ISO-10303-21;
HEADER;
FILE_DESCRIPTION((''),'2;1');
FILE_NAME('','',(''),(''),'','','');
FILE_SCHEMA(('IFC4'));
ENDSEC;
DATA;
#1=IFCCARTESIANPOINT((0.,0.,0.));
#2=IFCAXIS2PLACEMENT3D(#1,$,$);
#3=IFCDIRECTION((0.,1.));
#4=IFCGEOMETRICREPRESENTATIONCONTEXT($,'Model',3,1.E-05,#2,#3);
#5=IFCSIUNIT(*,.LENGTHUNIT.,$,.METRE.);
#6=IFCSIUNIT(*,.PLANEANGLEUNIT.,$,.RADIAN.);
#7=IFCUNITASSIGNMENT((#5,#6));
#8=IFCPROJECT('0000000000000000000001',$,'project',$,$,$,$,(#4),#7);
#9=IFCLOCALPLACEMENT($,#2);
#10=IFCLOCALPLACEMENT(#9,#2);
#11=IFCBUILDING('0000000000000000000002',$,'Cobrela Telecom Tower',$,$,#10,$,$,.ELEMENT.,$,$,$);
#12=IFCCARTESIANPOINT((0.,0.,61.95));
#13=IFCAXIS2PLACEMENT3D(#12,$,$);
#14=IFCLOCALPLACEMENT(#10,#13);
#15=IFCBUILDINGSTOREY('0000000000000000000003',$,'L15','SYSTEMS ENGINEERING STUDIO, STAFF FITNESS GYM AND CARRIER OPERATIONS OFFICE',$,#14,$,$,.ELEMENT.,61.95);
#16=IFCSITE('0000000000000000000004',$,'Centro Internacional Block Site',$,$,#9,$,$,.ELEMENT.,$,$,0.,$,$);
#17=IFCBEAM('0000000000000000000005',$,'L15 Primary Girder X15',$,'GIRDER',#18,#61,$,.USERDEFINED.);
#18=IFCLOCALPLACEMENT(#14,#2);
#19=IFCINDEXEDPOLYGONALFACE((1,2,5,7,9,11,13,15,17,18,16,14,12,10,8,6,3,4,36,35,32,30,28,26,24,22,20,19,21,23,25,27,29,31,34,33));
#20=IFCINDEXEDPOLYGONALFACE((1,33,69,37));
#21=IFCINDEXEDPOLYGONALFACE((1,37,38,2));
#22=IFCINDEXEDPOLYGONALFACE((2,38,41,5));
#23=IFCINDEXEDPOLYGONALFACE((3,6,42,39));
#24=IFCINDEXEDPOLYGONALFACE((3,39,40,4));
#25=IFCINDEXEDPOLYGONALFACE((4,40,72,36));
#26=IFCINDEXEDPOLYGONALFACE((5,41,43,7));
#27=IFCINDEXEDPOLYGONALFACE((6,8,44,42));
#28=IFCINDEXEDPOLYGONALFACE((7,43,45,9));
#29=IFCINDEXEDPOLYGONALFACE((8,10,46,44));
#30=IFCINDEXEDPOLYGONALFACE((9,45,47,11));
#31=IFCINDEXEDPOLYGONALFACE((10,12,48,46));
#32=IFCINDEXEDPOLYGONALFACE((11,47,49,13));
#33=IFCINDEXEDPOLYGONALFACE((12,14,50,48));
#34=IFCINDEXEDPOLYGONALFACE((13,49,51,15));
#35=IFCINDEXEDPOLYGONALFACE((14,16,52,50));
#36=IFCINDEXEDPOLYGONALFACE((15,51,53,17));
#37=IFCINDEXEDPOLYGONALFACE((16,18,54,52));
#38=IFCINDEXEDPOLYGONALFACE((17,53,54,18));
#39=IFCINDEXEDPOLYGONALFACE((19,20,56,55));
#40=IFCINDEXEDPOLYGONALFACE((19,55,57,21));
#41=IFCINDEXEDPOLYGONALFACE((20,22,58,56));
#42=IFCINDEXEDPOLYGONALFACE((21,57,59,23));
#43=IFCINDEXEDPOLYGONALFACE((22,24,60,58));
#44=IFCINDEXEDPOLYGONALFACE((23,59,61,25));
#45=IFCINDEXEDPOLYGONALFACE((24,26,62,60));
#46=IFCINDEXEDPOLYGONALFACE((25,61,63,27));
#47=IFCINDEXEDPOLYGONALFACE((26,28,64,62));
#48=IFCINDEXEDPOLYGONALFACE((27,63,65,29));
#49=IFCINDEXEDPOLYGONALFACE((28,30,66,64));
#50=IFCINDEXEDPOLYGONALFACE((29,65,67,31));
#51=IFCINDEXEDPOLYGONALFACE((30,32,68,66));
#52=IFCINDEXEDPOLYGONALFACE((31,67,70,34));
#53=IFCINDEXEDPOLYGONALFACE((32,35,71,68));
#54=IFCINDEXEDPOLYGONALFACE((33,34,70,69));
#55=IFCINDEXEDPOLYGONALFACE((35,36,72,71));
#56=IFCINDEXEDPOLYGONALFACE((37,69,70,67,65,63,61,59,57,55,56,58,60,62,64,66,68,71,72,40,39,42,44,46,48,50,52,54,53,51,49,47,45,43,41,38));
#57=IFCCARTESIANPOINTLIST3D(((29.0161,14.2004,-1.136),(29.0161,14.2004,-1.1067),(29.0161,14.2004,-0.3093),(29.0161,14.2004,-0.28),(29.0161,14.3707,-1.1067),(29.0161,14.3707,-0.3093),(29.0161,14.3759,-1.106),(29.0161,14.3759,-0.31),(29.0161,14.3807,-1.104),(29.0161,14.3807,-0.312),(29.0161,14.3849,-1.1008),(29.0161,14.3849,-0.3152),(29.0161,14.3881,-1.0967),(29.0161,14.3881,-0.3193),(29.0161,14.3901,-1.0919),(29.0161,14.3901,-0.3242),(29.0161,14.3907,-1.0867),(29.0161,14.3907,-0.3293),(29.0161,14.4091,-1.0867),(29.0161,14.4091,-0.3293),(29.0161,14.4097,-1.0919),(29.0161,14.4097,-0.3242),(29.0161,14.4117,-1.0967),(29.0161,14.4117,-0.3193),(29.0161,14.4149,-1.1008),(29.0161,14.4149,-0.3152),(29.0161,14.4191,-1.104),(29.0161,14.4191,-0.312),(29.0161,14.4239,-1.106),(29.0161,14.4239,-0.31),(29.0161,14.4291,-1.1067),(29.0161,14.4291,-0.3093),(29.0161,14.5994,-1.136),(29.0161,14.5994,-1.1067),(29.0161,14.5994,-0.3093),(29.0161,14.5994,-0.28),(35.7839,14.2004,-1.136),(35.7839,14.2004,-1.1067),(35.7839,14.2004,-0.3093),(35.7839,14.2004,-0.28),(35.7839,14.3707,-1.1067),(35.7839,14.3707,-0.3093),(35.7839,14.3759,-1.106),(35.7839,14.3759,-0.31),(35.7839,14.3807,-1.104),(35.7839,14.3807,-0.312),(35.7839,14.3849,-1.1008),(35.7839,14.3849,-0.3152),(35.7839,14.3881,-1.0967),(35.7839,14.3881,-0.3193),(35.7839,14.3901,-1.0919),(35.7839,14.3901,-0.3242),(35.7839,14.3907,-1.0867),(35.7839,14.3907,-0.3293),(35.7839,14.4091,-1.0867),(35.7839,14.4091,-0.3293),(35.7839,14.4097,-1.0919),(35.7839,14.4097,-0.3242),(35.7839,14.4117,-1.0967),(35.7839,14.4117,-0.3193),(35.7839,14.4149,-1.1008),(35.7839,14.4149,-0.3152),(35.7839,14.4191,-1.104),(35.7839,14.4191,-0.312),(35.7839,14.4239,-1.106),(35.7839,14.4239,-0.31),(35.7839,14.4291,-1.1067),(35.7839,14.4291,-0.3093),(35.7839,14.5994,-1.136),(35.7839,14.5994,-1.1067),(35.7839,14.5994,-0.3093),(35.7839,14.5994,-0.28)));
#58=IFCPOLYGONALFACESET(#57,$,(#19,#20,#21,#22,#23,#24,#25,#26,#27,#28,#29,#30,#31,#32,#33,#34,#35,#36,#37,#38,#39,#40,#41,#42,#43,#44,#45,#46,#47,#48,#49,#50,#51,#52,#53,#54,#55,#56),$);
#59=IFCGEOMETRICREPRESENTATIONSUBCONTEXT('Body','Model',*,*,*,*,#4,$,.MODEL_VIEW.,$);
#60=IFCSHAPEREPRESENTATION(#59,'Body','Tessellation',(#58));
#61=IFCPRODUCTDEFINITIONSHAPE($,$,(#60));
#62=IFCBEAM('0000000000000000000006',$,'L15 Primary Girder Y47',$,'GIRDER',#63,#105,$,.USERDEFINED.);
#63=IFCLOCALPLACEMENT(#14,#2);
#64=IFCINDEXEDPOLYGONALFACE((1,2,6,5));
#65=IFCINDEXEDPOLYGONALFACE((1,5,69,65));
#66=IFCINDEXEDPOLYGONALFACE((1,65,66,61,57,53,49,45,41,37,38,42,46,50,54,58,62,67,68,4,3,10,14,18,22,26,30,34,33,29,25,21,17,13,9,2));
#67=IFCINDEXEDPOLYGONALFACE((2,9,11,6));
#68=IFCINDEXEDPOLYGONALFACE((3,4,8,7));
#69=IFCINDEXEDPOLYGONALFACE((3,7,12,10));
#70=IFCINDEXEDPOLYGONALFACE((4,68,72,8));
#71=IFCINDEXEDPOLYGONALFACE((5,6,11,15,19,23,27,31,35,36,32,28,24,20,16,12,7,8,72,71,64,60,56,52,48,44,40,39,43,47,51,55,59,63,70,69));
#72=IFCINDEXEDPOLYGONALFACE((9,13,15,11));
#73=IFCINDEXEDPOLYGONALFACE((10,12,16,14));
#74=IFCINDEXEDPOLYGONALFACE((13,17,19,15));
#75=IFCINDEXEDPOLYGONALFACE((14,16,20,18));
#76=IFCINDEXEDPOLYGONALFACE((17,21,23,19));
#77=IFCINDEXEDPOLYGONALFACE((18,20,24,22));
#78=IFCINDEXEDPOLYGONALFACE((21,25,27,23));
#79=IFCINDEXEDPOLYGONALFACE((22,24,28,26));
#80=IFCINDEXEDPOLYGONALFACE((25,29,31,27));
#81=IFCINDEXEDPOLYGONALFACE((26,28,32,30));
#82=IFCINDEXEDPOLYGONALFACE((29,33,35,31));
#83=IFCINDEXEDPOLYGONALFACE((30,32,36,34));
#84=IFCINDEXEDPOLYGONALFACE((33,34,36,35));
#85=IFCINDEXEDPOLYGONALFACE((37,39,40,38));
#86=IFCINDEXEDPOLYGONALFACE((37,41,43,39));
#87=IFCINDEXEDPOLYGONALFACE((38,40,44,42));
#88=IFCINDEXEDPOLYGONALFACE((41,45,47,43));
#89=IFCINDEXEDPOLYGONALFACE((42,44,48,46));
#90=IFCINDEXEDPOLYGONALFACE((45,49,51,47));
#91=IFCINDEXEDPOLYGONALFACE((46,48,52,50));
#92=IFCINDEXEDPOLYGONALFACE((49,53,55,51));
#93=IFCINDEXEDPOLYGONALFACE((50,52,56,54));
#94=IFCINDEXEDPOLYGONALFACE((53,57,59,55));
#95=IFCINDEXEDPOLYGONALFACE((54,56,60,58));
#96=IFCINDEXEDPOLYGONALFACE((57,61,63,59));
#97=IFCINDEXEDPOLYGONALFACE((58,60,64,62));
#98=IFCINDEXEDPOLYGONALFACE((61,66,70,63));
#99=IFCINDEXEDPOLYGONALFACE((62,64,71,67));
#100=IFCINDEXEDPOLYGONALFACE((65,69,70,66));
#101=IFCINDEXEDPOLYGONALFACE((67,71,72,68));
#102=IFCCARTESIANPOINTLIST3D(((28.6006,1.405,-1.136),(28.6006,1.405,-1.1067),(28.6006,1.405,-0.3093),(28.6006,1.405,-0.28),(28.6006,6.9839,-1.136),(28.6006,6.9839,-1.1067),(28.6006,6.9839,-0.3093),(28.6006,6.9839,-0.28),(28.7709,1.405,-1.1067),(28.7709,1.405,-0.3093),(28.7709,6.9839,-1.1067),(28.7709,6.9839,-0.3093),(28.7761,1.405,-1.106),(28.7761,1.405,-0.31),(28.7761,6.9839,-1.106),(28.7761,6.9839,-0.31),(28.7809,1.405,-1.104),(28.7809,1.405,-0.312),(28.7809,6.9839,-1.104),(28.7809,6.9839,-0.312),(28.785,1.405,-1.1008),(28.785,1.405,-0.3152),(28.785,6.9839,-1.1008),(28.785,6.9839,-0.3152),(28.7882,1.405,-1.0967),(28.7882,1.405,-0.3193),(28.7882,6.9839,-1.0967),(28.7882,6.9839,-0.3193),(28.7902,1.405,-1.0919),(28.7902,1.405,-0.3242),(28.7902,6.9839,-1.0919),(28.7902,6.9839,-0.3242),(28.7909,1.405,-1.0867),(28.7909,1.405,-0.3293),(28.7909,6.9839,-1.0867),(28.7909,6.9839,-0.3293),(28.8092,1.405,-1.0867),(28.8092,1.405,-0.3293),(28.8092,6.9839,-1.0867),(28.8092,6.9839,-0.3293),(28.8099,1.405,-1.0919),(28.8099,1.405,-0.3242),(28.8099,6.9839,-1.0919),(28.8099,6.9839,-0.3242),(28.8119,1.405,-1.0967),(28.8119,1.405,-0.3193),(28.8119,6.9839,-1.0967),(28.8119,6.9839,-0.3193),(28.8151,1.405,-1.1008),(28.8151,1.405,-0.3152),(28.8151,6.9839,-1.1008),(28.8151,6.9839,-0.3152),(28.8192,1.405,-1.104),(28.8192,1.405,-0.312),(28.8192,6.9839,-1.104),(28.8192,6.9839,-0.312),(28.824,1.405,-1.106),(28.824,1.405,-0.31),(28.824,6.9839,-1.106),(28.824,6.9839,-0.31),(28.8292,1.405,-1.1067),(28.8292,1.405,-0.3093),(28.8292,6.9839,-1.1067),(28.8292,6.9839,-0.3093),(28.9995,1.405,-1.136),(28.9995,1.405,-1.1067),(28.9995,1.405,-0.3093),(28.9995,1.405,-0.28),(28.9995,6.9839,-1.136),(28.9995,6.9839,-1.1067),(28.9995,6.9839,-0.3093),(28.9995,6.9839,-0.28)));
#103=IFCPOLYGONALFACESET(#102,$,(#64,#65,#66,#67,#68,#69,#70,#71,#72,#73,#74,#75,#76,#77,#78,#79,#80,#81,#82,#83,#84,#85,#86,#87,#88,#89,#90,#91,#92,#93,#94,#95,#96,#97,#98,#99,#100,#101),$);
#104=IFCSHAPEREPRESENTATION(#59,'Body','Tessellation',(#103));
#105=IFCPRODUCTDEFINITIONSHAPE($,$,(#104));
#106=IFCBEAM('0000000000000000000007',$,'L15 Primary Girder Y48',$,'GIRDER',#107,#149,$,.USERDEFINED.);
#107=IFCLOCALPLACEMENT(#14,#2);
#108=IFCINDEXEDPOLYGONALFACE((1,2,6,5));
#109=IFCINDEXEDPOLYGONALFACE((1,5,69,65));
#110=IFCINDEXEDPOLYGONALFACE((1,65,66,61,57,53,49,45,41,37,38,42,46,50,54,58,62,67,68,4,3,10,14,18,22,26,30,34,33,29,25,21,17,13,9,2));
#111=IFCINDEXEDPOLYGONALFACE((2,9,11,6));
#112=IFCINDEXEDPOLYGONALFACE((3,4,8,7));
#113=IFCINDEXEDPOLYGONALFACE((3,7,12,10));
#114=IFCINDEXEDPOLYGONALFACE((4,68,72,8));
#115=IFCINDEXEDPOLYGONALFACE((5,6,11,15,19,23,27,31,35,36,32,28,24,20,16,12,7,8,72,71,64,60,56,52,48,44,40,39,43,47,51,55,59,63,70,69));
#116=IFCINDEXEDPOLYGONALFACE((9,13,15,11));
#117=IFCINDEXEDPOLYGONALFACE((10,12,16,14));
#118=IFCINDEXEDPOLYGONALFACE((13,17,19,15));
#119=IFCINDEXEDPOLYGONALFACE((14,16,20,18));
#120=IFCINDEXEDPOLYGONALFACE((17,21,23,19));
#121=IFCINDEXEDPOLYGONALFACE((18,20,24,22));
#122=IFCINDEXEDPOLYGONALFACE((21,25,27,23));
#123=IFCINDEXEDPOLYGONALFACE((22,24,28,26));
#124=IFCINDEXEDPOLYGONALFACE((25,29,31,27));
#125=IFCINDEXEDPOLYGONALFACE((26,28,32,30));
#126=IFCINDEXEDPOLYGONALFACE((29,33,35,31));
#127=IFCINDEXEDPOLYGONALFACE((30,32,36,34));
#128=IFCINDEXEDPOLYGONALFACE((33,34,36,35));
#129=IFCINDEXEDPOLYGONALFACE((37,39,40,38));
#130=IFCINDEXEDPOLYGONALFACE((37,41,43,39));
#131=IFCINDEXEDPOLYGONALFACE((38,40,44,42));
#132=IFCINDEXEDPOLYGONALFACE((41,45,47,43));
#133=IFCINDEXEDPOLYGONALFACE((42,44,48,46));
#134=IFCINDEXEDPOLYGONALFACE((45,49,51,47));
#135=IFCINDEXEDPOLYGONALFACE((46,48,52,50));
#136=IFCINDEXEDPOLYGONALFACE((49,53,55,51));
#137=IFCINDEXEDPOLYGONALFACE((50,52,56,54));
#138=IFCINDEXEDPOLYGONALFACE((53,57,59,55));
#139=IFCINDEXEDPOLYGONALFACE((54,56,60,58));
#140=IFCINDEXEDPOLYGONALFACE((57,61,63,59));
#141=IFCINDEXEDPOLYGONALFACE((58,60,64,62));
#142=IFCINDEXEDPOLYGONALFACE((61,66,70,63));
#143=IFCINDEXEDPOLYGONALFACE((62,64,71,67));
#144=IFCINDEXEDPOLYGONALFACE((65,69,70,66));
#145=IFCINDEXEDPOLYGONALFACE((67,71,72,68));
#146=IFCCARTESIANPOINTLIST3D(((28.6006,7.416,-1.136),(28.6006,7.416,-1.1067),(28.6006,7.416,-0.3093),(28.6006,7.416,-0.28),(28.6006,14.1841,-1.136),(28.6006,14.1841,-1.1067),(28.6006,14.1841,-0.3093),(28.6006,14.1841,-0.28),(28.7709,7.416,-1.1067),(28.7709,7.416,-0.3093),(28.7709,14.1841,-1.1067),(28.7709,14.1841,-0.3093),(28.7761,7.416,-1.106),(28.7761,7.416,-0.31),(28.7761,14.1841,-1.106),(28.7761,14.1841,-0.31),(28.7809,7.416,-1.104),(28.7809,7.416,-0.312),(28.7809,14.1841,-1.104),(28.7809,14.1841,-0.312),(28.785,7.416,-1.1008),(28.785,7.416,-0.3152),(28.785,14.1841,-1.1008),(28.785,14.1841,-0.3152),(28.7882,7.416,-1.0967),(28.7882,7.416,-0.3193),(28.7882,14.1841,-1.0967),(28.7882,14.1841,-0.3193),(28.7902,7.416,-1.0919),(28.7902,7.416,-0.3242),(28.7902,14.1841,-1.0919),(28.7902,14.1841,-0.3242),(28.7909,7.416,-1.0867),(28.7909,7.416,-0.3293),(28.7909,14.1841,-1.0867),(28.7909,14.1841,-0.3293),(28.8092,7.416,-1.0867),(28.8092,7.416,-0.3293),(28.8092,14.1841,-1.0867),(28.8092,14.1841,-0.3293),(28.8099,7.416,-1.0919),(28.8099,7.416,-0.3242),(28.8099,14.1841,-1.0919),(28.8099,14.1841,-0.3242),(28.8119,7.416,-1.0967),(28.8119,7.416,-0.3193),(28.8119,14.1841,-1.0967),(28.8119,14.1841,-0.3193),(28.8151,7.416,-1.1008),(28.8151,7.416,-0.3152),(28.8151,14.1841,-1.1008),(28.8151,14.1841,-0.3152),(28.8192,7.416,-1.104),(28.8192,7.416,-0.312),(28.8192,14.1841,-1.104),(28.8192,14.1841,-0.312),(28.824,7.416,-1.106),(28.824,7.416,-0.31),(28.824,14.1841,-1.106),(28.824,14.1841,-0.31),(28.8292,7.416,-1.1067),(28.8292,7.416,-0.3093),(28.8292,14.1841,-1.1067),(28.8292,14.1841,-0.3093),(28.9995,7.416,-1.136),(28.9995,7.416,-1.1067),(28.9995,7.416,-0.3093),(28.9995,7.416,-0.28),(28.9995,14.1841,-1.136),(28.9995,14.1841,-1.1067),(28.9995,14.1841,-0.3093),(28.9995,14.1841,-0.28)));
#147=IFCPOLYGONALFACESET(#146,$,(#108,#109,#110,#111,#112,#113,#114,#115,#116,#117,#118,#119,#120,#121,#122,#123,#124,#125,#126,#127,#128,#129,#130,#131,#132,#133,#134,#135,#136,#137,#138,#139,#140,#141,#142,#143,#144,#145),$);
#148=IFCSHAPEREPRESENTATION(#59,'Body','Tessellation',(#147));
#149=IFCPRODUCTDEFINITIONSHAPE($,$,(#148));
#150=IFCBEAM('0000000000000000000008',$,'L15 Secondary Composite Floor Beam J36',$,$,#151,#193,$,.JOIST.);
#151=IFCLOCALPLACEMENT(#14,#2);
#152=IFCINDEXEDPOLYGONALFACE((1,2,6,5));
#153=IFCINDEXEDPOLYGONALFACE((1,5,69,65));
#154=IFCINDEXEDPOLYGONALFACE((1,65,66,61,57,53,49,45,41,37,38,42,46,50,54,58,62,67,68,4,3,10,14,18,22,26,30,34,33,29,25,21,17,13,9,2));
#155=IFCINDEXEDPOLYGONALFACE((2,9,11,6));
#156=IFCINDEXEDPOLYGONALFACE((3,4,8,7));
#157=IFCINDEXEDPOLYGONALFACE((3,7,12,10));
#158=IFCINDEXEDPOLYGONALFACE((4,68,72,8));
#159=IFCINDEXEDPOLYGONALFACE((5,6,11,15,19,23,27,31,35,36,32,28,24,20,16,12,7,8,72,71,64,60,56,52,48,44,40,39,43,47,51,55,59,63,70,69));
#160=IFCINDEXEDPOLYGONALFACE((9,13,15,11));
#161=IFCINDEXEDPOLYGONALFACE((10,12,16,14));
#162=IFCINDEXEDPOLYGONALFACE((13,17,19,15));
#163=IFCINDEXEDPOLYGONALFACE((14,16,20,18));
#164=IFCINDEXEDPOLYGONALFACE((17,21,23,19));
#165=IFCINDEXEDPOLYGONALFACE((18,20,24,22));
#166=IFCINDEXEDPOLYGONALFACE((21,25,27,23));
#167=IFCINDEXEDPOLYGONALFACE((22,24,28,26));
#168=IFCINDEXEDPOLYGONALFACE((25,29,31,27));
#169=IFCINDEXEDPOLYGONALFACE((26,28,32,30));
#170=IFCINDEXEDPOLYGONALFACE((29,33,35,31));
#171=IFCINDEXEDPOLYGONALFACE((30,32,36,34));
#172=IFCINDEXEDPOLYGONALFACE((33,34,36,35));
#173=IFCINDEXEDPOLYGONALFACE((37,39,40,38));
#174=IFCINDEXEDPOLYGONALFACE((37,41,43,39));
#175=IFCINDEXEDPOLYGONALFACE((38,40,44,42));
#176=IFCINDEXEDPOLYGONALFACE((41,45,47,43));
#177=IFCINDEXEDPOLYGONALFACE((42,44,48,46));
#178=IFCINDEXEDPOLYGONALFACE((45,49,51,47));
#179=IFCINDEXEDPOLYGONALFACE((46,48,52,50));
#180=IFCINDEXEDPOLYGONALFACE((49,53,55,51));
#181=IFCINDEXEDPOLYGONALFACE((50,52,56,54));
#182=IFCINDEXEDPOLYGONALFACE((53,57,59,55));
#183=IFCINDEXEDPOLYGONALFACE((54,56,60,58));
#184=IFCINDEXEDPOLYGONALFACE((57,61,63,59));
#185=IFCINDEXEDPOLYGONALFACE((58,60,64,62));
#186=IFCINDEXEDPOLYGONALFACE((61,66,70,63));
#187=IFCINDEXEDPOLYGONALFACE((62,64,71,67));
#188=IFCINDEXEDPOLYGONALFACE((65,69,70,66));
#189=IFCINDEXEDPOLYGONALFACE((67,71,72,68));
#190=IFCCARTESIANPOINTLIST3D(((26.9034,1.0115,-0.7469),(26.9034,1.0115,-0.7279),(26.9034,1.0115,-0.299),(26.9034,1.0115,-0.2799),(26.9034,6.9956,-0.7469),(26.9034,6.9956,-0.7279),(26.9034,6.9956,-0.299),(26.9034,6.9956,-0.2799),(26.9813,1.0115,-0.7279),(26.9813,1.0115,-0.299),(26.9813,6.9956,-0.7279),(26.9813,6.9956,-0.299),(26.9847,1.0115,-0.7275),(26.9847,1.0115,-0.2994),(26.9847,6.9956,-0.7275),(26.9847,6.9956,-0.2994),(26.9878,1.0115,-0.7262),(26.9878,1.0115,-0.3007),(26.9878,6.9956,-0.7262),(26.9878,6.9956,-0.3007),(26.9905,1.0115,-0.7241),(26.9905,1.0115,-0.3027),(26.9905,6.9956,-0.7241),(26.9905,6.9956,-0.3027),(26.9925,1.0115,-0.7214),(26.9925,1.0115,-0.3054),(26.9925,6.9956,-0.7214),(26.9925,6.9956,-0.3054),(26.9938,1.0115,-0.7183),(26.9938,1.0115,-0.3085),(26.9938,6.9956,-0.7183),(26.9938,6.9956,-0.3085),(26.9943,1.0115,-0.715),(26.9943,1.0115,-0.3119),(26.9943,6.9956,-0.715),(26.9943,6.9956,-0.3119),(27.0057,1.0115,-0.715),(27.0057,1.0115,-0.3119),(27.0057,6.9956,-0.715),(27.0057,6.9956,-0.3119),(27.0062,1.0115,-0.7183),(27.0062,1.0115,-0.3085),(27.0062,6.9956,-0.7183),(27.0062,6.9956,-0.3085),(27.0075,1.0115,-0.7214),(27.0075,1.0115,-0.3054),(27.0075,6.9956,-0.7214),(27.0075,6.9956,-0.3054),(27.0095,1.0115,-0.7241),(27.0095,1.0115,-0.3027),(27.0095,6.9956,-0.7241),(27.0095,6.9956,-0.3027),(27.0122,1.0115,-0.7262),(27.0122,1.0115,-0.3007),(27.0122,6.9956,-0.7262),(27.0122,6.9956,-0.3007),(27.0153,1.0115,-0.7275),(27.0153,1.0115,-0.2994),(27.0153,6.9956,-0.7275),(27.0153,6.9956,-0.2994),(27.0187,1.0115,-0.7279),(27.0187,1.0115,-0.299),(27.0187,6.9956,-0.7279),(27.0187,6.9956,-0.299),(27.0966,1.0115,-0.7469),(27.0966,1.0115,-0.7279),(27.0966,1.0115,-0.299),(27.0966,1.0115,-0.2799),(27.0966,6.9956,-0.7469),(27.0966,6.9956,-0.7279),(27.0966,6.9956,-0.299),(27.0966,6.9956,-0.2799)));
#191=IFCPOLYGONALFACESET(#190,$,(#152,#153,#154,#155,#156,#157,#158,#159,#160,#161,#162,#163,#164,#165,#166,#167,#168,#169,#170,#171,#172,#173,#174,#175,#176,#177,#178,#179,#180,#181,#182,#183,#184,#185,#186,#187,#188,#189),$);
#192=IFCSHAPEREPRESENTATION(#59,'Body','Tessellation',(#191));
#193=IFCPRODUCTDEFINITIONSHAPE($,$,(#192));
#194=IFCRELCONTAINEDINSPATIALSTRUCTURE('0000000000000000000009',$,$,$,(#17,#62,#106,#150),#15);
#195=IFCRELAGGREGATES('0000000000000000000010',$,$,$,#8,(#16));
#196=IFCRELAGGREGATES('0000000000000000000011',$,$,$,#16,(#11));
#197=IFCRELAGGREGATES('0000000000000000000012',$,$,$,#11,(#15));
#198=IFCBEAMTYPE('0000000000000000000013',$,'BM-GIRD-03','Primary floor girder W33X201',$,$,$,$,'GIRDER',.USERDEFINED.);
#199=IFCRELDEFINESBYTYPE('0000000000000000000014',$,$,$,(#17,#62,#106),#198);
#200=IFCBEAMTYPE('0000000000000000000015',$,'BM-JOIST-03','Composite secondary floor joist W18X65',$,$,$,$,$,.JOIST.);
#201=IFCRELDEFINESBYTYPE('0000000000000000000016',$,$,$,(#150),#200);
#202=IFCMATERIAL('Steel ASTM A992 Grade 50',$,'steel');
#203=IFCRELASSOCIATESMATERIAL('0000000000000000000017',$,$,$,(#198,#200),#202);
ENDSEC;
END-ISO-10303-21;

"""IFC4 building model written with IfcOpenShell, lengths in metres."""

from ifc_helpers import new_model, si_unit, direction, frame, origin, origin_2d, place, context, subcontext, project, spatial, i_section, extrude, material, material_profile, profile_set, type_object, element, save


model = new_model("IFC4")

# Units and contexts
model_context = context("Model", 3, precision=1e-05, world=origin(), true_north=direction((0.0, 1.0)))
body_context = subcontext(model_context, "Body", "Model", "MODEL_VIEW")
ifc_project = project(units=[si_unit("LENGTHUNIT", "METRE"), si_unit("PLANEANGLEUNIT", "RADIAN")], contexts=[model_context])

# Site, building, storey
site_placement = place(None, origin())
site = spatial("IfcSite", under=ifc_project, at=site_placement, Name="Centro Internacional Block Site", CompositionType="ELEMENT", RefElevation=0.0)
building_placement = place(site_placement, origin())
building = spatial("IfcBuilding", under=site, at=building_placement, Name="Cobrela Telecom Tower", CompositionType="ELEMENT")
storey_placement = place(building_placement, frame((0.0, 0.0, 61.95)))
storey = spatial("IfcBuildingStorey", under=building, at=storey_placement, Name="L15", Description="SYSTEMS ENGINEERING STUDIO, STAFF FITNESS GYM AND CARRIER OPERATIONS OFFICE", CompositionType="ELEMENT", Elevation=61.95)

# Shared definitions
ifc_material_1 = material(Name="Steel ASTM A992 Grade 50", Category="steel")

# Beams
ifc_material_profile_1 = material_profile(ifc_material_1, i_section(OverallWidth=0.3989, OverallDepth=0.856, WebThickness=0.0183, FlangeThickness=0.0293, FilletRadius=0.02, at=origin_2d()), Name="W33X201")
ifc_profile_set_1 = profile_set([ifc_material_profile_1], Name="Steel ASTM A992 Grade 50")
beam_type_1 = type_object("IfcBeamType", Name="BM-GIRD-03", Description="Primary floor girder W33X201", ElementType="GIRDER", PredefinedType="USERDEFINED", material=ifc_profile_set_1)
for number, where, z_axis, x_axis, name in (
    (1, (29.0161, 14.3999, -0.708), (1.0, 0.0, 0.0), (0.0, 1.0, 0.0), "L15 Primary Girder X15"),
):
    element("IfcBeam", number, at=place(storey_placement, frame(where, z_axis=z_axis, x_axis=x_axis)), inside=storey, type_object=beam_type_1, Name=name, ObjectType="GIRDER", PredefinedType="USERDEFINED", context=body_context, shape_type="SweptSolid", body=[
        extrude(i_section(OverallWidth=0.3989, OverallDepth=0.856, WebThickness=0.0183, FlangeThickness=0.0293, FilletRadius=0.02, at=origin_2d()), origin(), (0.0, 0.0, 1.0), 6.7678),
    ])
beam_1_placement = place(storey_placement, frame((28.8, 1.405, -0.708), z_axis=(0.0, 1.0, 0.0), x_axis=(-1.0, 0.0, 0.0)))
element("IfcBeam", 2, at=beam_1_placement, inside=storey, type_object=beam_type_1, Name="L15 Primary Girder Y47", ObjectType="GIRDER", PredefinedType="USERDEFINED", context=body_context, shape_type="SweptSolid", body=[
    extrude(i_section(OverallWidth=0.3989, OverallDepth=0.856, WebThickness=0.0183, FlangeThickness=0.0293, FilletRadius=0.02, at=origin_2d()), origin(), (0.0, 0.0, 1.0), 5.5789),
])
beam_2_placement = place(storey_placement, frame((28.8, 7.416, -0.708), z_axis=(0.0, 1.0, 0.0), x_axis=(-1.0, 0.0, 0.0)))
element("IfcBeam", 3, at=beam_2_placement, inside=storey, type_object=beam_type_1, Name="L15 Primary Girder Y48", ObjectType="GIRDER", PredefinedType="USERDEFINED", context=body_context, shape_type="SweptSolid", body=[
    extrude(i_section(OverallWidth=0.3989, OverallDepth=0.856, WebThickness=0.0183, FlangeThickness=0.0293, FilletRadius=0.02, at=origin_2d()), origin(), (0.0, 0.0, 1.0), 6.7681),
])
ifc_material_profile_2 = material_profile(ifc_material_1, i_section(OverallWidth=0.1931, OverallDepth=0.467, WebThickness=0.0115, FlangeThickness=0.019, FilletRadius=0.0129, at=origin_2d()), Name="W18X65")
ifc_profile_set_2 = profile_set([ifc_material_profile_2], Name="Steel ASTM A992 Grade 50")
beam_type_2 = type_object("IfcBeamType", Name="BM-JOIST-03", Description="Composite secondary floor joist W18X65", PredefinedType="JOIST", material=ifc_profile_set_2)
beam_3_placement = place(storey_placement, frame((27.0, 1.0115, -0.5134), z_axis=(0.0, 1.0, 0.0), x_axis=(-1.0, 0.0, 0.0)))
element("IfcBeam", 4, at=beam_3_placement, inside=storey, type_object=beam_type_2, Name="L15 Secondary Composite Floor Beam J36", PredefinedType="JOIST", context=body_context, shape_type="SweptSolid", body=[
    extrude(i_section(OverallWidth=0.1931, OverallDepth=0.467, WebThickness=0.0115, FlangeThickness=0.019, FilletRadius=0.0129, at=origin_2d()), origin(), (0.0, 0.0, 1.0), 5.9841),
])

save(model, "model.ifc")
